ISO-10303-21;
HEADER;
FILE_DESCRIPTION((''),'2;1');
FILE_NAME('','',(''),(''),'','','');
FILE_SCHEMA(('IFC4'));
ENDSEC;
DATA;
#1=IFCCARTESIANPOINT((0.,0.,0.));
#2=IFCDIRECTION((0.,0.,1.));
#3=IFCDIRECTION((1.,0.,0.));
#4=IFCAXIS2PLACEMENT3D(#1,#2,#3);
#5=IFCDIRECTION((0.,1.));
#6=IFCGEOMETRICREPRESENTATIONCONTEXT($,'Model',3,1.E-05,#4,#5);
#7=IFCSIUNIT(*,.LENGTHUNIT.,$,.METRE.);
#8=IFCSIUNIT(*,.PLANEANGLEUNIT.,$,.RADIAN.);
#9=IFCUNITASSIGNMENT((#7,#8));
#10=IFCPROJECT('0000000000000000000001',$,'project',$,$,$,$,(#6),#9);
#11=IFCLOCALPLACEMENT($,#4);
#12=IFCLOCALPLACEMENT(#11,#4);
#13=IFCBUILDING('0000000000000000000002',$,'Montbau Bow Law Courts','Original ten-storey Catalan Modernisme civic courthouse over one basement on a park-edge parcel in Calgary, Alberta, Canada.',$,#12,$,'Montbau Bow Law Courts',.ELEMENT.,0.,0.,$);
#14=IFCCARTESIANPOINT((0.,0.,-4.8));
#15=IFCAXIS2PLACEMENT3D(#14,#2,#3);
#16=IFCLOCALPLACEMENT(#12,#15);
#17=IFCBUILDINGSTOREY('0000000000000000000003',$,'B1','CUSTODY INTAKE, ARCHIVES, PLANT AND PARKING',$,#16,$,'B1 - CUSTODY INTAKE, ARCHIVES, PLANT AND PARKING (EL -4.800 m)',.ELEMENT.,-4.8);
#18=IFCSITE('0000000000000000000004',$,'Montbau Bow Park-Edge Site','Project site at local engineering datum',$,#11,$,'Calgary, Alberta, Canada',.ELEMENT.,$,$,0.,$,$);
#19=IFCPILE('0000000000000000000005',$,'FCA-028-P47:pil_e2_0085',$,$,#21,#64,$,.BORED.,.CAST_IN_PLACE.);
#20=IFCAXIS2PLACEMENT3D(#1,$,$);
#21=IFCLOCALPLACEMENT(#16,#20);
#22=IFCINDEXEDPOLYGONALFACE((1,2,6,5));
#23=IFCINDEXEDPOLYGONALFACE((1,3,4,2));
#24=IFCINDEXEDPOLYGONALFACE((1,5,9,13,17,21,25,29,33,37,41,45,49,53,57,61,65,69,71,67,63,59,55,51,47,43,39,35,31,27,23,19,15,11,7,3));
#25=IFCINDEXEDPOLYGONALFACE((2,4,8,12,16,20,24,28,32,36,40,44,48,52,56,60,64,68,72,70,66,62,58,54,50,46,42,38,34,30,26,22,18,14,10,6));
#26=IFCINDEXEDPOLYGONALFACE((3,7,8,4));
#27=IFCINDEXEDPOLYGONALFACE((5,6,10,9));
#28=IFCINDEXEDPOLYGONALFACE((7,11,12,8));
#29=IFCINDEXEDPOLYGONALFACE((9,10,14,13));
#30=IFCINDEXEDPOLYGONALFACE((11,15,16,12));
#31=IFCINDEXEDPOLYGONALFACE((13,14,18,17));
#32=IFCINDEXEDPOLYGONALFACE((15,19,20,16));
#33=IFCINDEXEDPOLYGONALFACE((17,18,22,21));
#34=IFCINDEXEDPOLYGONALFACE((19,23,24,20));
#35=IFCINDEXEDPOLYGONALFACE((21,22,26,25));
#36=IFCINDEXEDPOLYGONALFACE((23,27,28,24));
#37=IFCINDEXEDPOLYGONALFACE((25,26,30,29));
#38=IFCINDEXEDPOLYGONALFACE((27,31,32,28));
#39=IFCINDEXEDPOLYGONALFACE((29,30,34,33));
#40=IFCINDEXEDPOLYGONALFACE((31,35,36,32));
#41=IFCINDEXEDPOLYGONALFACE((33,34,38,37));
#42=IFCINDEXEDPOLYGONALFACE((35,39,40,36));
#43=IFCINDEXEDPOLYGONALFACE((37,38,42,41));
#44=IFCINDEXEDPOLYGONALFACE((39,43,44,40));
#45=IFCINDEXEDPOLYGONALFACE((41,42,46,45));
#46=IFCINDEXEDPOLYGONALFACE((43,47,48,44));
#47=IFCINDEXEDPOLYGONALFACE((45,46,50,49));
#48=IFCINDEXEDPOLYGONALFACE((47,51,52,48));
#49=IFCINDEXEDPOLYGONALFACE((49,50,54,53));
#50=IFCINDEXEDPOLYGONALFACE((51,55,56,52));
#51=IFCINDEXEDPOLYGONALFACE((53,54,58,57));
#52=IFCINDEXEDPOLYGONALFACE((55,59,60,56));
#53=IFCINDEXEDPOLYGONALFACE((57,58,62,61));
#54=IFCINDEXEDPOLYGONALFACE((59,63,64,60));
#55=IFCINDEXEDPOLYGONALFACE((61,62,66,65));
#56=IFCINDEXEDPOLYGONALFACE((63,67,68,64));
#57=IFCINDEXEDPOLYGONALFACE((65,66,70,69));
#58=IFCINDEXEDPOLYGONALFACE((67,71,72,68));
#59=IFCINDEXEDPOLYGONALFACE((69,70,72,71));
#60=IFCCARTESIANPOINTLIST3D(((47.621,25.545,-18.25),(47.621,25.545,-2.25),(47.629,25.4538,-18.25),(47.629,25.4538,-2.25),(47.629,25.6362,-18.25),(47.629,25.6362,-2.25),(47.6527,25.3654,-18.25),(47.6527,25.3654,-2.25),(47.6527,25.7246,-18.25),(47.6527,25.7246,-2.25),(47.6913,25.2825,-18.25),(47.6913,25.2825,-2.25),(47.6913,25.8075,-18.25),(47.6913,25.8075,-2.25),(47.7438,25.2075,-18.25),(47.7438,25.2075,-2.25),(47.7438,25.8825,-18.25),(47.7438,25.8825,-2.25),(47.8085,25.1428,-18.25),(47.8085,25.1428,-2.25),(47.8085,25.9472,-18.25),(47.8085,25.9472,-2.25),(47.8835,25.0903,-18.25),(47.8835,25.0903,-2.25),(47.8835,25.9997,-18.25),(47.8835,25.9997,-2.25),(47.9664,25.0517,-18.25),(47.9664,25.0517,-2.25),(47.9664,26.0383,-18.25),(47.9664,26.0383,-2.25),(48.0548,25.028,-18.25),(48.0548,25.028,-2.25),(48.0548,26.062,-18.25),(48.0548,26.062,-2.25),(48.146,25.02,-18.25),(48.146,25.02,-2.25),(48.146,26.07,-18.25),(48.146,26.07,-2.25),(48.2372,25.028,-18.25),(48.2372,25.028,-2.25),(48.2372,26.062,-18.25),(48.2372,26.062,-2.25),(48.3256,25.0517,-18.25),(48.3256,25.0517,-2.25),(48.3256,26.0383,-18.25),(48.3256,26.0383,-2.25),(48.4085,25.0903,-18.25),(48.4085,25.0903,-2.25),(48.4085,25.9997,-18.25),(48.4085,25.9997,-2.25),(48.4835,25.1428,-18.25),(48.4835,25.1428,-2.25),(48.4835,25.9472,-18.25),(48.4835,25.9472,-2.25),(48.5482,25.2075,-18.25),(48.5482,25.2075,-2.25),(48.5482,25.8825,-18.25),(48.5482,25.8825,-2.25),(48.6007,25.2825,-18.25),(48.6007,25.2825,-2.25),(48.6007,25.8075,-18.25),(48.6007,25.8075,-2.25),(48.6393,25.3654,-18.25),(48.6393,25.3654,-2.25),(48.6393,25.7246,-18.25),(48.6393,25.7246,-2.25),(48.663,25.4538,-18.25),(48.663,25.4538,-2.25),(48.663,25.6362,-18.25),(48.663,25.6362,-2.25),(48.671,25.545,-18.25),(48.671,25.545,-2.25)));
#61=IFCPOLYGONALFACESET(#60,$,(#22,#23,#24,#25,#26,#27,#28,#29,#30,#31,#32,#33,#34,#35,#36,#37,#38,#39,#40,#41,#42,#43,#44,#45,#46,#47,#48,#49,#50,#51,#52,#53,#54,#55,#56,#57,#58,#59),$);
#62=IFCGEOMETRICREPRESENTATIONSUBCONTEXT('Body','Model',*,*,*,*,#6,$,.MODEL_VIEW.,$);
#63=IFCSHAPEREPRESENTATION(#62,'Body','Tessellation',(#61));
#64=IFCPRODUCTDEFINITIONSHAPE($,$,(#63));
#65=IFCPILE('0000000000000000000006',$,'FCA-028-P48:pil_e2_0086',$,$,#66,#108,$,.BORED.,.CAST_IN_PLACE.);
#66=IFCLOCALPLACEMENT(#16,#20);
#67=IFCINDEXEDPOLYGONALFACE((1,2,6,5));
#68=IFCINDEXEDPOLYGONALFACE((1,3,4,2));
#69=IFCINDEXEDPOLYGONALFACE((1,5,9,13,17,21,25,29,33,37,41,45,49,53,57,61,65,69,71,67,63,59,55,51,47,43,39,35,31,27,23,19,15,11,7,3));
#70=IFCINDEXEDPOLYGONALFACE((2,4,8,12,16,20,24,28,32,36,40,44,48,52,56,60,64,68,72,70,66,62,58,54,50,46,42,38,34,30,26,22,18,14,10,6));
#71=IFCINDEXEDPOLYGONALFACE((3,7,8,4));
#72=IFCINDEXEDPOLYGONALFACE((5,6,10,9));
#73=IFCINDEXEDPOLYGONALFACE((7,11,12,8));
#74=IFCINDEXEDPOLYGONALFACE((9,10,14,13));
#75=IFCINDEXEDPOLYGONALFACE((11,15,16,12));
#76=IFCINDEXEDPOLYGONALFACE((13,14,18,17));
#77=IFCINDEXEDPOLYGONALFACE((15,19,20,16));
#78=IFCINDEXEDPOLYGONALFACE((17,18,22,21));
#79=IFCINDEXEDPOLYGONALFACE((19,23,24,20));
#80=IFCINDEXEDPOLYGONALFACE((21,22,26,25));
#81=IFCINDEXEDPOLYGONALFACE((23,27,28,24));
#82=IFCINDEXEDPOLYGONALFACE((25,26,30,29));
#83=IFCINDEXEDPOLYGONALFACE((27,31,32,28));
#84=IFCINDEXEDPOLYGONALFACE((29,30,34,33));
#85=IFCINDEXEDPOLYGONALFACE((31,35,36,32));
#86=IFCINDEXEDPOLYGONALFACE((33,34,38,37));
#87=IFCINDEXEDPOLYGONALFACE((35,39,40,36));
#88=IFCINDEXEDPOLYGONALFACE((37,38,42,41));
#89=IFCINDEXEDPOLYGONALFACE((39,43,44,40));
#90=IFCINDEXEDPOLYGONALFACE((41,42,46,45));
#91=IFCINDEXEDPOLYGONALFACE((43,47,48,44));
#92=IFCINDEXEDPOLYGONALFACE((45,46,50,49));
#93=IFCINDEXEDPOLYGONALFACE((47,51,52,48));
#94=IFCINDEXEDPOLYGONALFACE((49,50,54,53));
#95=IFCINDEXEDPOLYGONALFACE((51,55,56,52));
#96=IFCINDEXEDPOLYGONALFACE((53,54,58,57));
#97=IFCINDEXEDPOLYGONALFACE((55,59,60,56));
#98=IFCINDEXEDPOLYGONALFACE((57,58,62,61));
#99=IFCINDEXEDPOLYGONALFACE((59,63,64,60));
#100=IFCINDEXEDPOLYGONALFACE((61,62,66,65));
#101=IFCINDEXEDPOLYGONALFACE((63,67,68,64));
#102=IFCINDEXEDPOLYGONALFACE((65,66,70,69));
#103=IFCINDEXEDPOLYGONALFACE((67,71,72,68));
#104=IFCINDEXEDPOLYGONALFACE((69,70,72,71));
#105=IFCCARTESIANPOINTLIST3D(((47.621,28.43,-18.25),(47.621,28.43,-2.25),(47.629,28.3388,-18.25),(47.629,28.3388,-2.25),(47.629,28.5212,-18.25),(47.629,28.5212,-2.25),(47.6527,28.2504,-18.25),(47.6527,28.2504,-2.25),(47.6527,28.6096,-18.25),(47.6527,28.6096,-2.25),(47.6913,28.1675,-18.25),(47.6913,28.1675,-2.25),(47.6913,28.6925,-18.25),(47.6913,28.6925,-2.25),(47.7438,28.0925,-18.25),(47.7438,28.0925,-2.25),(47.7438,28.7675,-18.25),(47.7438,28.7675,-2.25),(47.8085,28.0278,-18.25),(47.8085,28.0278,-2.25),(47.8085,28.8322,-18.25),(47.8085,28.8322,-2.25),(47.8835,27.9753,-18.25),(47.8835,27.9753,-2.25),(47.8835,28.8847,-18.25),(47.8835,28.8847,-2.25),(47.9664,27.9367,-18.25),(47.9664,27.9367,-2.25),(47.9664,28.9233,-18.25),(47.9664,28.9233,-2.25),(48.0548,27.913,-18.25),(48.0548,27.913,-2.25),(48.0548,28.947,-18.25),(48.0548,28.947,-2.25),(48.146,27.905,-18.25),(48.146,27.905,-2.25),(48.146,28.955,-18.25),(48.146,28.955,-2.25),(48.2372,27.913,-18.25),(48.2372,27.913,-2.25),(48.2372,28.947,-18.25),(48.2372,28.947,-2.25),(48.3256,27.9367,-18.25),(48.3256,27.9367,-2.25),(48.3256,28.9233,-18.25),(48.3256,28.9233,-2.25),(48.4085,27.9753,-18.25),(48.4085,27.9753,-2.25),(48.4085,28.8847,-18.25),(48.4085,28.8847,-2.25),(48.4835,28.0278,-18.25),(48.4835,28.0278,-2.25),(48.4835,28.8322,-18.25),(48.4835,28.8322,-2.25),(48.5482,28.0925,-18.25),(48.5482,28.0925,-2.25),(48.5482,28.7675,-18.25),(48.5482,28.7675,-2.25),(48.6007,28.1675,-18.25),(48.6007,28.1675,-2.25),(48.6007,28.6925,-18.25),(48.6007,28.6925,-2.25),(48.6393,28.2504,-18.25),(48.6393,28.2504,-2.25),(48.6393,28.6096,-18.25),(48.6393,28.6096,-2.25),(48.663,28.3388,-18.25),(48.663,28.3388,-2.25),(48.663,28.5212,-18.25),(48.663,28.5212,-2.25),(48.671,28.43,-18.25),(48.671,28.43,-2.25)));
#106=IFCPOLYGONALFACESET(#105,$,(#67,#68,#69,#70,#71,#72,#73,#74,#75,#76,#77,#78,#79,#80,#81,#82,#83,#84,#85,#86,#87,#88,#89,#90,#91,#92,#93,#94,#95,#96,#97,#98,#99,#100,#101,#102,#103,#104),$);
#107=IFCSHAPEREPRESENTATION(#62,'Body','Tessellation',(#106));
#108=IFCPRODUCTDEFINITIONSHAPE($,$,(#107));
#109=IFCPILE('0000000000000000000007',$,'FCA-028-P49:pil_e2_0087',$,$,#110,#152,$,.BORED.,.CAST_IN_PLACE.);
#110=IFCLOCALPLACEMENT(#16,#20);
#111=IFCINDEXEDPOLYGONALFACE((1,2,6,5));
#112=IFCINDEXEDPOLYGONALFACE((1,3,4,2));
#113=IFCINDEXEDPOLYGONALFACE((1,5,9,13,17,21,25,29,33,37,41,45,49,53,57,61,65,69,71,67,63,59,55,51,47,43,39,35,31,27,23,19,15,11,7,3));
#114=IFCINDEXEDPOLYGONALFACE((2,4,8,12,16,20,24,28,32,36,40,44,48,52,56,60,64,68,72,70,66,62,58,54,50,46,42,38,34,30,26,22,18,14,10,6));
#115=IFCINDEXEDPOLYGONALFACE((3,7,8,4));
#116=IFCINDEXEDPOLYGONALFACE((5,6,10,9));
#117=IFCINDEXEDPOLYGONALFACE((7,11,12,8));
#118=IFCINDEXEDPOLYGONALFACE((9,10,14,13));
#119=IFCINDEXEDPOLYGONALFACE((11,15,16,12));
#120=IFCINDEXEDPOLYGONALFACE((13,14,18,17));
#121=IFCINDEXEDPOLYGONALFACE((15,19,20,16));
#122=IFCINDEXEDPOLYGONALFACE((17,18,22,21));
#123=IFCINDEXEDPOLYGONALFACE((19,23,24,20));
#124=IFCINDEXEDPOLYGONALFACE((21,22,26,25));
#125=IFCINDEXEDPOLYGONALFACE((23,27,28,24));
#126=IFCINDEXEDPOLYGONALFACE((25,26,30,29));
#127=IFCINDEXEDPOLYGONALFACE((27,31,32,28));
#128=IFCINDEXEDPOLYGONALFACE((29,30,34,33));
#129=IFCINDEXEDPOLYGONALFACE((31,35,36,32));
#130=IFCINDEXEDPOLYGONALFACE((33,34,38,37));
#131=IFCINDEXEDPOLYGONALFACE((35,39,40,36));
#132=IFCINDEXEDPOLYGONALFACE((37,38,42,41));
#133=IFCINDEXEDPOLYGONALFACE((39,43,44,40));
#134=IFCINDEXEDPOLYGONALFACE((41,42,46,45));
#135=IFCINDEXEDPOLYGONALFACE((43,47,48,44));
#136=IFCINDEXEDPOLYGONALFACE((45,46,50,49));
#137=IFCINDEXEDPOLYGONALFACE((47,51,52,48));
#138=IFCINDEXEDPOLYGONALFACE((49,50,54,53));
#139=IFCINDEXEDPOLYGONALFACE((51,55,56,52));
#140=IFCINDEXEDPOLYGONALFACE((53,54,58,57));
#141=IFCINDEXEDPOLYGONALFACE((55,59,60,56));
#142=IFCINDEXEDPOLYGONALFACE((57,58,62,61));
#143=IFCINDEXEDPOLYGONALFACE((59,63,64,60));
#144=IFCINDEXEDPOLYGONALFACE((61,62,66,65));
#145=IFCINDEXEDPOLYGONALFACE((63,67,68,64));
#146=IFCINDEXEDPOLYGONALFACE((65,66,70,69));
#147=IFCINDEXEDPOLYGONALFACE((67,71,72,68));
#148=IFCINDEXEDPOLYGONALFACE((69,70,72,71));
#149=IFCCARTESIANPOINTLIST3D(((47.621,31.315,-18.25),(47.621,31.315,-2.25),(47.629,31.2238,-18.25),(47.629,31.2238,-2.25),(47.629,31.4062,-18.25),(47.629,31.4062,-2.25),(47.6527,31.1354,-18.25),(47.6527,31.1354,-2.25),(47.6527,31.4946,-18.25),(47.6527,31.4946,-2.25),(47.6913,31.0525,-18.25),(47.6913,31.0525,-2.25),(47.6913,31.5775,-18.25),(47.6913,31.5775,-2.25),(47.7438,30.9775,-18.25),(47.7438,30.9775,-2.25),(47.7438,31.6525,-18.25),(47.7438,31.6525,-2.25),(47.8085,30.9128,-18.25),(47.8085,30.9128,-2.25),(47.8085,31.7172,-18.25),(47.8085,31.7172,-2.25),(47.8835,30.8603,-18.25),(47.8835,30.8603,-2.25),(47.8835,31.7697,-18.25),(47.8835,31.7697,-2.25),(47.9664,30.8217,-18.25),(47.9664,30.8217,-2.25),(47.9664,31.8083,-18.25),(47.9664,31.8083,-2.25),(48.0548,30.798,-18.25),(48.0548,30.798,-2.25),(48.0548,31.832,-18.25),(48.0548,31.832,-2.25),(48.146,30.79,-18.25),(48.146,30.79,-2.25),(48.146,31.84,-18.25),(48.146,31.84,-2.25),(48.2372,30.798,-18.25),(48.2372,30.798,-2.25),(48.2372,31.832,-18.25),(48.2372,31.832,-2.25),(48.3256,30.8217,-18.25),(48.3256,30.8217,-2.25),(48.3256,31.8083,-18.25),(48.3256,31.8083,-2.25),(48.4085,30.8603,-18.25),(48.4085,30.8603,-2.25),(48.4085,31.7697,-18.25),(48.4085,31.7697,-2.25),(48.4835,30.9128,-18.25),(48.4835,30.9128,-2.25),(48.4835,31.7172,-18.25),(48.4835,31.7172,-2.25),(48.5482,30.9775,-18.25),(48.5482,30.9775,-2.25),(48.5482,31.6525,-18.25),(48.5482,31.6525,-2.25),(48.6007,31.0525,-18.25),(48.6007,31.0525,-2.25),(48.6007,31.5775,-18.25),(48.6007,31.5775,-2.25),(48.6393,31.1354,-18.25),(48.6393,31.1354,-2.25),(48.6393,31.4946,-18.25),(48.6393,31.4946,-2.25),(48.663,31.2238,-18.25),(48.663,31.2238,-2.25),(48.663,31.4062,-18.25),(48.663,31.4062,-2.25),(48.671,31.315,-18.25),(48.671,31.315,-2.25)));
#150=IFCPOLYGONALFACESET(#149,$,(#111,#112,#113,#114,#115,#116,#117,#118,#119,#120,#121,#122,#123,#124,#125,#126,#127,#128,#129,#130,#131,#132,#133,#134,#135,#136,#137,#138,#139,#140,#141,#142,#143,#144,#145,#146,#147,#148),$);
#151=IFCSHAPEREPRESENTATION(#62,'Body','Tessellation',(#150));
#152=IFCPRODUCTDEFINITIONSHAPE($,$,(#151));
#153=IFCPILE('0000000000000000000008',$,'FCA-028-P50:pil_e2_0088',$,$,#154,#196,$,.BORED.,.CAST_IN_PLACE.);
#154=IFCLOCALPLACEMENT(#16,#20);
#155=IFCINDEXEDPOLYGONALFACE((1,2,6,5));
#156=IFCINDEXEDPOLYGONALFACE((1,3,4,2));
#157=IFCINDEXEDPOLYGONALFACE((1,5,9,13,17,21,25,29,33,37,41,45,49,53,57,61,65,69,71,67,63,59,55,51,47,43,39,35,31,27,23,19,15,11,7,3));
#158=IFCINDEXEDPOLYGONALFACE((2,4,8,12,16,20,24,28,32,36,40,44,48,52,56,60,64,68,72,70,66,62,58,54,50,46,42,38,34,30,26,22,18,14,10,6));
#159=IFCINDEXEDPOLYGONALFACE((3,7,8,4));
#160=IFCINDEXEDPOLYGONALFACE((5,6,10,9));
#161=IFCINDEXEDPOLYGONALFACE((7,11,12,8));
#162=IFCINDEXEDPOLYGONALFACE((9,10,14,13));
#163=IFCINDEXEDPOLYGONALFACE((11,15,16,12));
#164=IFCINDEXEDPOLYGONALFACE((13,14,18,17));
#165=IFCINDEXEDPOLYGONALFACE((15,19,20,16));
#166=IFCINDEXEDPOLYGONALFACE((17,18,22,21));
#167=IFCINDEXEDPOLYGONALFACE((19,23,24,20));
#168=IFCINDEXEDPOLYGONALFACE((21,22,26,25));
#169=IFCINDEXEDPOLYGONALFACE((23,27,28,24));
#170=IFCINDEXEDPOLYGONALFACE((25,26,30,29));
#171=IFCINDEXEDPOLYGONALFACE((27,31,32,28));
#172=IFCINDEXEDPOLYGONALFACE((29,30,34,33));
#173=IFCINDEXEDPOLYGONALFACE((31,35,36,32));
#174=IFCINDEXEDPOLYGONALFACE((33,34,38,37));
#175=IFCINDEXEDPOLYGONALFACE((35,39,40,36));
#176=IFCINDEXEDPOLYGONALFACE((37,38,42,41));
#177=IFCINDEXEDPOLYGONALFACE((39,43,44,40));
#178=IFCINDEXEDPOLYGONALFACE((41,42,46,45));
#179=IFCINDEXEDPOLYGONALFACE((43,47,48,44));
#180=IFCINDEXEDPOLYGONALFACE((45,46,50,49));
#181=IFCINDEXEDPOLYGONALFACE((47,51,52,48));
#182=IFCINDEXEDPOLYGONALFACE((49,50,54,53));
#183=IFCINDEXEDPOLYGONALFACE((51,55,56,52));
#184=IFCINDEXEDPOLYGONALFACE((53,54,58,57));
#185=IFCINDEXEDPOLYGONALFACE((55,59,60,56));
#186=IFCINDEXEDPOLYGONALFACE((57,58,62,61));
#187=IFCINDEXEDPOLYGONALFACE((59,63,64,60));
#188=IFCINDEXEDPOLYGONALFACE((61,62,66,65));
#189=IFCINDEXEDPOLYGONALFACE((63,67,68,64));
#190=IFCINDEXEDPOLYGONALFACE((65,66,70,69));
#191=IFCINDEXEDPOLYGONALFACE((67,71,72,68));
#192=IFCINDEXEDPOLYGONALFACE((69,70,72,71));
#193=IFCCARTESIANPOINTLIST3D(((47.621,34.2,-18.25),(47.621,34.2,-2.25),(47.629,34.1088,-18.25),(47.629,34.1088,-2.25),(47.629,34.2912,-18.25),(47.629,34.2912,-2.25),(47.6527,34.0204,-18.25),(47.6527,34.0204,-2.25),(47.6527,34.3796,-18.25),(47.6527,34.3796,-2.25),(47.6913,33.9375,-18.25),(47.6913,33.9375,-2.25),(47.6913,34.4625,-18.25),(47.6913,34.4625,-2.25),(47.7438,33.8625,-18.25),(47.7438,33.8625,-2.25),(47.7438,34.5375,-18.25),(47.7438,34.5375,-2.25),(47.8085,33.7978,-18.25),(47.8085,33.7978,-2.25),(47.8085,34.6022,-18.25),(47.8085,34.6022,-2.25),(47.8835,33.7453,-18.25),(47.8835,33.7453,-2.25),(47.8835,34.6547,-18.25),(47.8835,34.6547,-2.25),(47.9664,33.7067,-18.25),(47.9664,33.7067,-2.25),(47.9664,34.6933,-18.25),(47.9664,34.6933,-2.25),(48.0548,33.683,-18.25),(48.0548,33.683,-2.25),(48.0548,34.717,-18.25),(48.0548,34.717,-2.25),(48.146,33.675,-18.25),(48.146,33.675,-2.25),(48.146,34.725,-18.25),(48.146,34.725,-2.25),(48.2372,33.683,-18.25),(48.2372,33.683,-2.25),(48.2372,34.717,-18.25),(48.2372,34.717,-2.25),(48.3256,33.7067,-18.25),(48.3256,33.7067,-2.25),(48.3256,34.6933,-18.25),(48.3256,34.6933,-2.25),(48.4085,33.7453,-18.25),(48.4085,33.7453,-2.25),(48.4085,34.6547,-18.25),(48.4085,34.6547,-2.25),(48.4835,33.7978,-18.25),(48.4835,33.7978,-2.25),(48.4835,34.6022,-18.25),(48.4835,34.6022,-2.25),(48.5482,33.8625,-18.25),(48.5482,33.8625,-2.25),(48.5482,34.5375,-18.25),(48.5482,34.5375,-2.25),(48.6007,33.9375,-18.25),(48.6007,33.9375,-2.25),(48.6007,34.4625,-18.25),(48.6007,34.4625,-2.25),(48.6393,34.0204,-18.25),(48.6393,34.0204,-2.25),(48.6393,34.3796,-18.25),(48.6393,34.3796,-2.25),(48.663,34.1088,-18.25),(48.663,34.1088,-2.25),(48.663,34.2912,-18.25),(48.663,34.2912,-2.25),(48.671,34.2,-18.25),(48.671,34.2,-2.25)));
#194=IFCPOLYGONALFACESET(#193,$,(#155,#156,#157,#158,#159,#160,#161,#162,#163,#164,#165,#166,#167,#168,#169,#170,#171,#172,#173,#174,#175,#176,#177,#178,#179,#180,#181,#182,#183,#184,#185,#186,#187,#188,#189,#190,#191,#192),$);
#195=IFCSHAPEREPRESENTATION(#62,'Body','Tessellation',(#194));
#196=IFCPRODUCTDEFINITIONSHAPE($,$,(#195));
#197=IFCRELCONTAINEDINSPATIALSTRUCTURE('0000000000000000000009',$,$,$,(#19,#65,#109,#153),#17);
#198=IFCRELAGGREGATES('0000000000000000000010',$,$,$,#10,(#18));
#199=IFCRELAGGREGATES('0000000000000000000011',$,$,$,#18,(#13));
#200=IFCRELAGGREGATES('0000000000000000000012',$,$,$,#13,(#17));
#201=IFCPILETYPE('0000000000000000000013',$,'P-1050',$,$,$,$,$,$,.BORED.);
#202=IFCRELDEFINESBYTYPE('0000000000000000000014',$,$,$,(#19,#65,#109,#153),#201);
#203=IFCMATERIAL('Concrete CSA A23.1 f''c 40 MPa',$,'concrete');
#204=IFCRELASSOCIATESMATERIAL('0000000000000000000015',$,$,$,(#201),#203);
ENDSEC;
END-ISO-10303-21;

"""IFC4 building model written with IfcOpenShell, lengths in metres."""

from ifc_helpers import new_model, si_unit, direction, frame, origin_with_axes, origin_2d_with_axis, place, context, subcontext, project, spatial, circle, extrude, material, material_profile, profile_set, type_object, element, save


model = new_model("IFC4")

# Units and contexts
model_context = context("Model", 3, precision=1e-05, world=origin_with_axes(), true_north=direction((0.0, 1.0)))
body_context = subcontext(model_context, "Body", "Model", "MODEL_VIEW")
ifc_project = project(units=[si_unit("LENGTHUNIT", "METRE"), si_unit("PLANEANGLEUNIT", "RADIAN")], contexts=[model_context])

# Site, building, storey
site_placement = place(None, origin_with_axes())
site = spatial("IfcSite", under=ifc_project, at=site_placement, Name="Montbau Bow Park-Edge Site", Description="Project site at local engineering datum", LongName="Calgary, Alberta, Canada", CompositionType="ELEMENT", RefElevation=0.0)
building_placement = place(site_placement, origin_with_axes())
building = spatial("IfcBuilding", under=site, at=building_placement, Name="Montbau Bow Law Courts", Description="Original ten-storey Catalan Modernisme civic courthouse over one basement on a park-edge parcel in Calgary, Alberta, Canada.", LongName="Montbau Bow Law Courts", CompositionType="ELEMENT", ElevationOfRefHeight=0.0, ElevationOfTerrain=0.0)
storey_placement = place(building_placement, frame((0.0, 0.0, -4.8), z_axis=(0.0, 0.0, 1.0), x_axis=(1.0, 0.0, 0.0)))
storey = spatial("IfcBuildingStorey", under=building, at=storey_placement, Name="B1", Description="CUSTODY INTAKE, ARCHIVES, PLANT AND PARKING", LongName="B1 - CUSTODY INTAKE, ARCHIVES, PLANT AND PARKING (EL -4.800 m)", CompositionType="ELEMENT", Elevation=-4.8)

# Piles
ifc_material_1 = material(Name="Concrete CSA A23.1 f'c 40 MPa", Category="concrete")
ifc_material_profile_1 = material_profile(ifc_material_1, circle(Radius=0.525, at=origin_2d_with_axis()), Name="BP1050", Category="Main", Priority=0)
ifc_profile_set_1 = profile_set([ifc_material_profile_1], Name="Concrete CSA A23.1 f'c 40 MPa")
pile_type = type_object("IfcPileType", Name="P-1050", PredefinedType="BORED", material=ifc_profile_set_1)
for number, where, z_axis, x_axis, name in (
    (1, (48.146, 25.545, -23.05), (0.0, 0.0, 1.0), (1.0, 0.0, 0.0), "FCA-028-P47:pil_e2_0085"),
    (2, (48.146, 28.43, -23.05), (0.0, 0.0, 1.0), (1.0, 0.0, 0.0), "FCA-028-P48:pil_e2_0086"),
    (3, (48.146, 31.315, -23.05), (0.0, 0.0, 1.0), (1.0, 0.0, 0.0), "FCA-028-P49:pil_e2_0087"),
    (4, (48.146, 34.2, -23.05), (0.0, 0.0, 1.0), (1.0, 0.0, 0.0), "FCA-028-P50:pil_e2_0088"),
):
    element("IfcPile", number, at=place(None, frame(where, z_axis=z_axis, x_axis=x_axis)), inside=storey, type_object=pile_type, Name=name, ConstructionType="CAST_IN_PLACE", PredefinedType="BORED", context=body_context, shape_type="SweptSolid", body=[
        extrude(circle(Radius=0.525, at=origin_2d_with_axis()), origin_with_axes(), (0.0, 0.0, 1.0), 16.0),
    ])

save(model, "model.ifc")
